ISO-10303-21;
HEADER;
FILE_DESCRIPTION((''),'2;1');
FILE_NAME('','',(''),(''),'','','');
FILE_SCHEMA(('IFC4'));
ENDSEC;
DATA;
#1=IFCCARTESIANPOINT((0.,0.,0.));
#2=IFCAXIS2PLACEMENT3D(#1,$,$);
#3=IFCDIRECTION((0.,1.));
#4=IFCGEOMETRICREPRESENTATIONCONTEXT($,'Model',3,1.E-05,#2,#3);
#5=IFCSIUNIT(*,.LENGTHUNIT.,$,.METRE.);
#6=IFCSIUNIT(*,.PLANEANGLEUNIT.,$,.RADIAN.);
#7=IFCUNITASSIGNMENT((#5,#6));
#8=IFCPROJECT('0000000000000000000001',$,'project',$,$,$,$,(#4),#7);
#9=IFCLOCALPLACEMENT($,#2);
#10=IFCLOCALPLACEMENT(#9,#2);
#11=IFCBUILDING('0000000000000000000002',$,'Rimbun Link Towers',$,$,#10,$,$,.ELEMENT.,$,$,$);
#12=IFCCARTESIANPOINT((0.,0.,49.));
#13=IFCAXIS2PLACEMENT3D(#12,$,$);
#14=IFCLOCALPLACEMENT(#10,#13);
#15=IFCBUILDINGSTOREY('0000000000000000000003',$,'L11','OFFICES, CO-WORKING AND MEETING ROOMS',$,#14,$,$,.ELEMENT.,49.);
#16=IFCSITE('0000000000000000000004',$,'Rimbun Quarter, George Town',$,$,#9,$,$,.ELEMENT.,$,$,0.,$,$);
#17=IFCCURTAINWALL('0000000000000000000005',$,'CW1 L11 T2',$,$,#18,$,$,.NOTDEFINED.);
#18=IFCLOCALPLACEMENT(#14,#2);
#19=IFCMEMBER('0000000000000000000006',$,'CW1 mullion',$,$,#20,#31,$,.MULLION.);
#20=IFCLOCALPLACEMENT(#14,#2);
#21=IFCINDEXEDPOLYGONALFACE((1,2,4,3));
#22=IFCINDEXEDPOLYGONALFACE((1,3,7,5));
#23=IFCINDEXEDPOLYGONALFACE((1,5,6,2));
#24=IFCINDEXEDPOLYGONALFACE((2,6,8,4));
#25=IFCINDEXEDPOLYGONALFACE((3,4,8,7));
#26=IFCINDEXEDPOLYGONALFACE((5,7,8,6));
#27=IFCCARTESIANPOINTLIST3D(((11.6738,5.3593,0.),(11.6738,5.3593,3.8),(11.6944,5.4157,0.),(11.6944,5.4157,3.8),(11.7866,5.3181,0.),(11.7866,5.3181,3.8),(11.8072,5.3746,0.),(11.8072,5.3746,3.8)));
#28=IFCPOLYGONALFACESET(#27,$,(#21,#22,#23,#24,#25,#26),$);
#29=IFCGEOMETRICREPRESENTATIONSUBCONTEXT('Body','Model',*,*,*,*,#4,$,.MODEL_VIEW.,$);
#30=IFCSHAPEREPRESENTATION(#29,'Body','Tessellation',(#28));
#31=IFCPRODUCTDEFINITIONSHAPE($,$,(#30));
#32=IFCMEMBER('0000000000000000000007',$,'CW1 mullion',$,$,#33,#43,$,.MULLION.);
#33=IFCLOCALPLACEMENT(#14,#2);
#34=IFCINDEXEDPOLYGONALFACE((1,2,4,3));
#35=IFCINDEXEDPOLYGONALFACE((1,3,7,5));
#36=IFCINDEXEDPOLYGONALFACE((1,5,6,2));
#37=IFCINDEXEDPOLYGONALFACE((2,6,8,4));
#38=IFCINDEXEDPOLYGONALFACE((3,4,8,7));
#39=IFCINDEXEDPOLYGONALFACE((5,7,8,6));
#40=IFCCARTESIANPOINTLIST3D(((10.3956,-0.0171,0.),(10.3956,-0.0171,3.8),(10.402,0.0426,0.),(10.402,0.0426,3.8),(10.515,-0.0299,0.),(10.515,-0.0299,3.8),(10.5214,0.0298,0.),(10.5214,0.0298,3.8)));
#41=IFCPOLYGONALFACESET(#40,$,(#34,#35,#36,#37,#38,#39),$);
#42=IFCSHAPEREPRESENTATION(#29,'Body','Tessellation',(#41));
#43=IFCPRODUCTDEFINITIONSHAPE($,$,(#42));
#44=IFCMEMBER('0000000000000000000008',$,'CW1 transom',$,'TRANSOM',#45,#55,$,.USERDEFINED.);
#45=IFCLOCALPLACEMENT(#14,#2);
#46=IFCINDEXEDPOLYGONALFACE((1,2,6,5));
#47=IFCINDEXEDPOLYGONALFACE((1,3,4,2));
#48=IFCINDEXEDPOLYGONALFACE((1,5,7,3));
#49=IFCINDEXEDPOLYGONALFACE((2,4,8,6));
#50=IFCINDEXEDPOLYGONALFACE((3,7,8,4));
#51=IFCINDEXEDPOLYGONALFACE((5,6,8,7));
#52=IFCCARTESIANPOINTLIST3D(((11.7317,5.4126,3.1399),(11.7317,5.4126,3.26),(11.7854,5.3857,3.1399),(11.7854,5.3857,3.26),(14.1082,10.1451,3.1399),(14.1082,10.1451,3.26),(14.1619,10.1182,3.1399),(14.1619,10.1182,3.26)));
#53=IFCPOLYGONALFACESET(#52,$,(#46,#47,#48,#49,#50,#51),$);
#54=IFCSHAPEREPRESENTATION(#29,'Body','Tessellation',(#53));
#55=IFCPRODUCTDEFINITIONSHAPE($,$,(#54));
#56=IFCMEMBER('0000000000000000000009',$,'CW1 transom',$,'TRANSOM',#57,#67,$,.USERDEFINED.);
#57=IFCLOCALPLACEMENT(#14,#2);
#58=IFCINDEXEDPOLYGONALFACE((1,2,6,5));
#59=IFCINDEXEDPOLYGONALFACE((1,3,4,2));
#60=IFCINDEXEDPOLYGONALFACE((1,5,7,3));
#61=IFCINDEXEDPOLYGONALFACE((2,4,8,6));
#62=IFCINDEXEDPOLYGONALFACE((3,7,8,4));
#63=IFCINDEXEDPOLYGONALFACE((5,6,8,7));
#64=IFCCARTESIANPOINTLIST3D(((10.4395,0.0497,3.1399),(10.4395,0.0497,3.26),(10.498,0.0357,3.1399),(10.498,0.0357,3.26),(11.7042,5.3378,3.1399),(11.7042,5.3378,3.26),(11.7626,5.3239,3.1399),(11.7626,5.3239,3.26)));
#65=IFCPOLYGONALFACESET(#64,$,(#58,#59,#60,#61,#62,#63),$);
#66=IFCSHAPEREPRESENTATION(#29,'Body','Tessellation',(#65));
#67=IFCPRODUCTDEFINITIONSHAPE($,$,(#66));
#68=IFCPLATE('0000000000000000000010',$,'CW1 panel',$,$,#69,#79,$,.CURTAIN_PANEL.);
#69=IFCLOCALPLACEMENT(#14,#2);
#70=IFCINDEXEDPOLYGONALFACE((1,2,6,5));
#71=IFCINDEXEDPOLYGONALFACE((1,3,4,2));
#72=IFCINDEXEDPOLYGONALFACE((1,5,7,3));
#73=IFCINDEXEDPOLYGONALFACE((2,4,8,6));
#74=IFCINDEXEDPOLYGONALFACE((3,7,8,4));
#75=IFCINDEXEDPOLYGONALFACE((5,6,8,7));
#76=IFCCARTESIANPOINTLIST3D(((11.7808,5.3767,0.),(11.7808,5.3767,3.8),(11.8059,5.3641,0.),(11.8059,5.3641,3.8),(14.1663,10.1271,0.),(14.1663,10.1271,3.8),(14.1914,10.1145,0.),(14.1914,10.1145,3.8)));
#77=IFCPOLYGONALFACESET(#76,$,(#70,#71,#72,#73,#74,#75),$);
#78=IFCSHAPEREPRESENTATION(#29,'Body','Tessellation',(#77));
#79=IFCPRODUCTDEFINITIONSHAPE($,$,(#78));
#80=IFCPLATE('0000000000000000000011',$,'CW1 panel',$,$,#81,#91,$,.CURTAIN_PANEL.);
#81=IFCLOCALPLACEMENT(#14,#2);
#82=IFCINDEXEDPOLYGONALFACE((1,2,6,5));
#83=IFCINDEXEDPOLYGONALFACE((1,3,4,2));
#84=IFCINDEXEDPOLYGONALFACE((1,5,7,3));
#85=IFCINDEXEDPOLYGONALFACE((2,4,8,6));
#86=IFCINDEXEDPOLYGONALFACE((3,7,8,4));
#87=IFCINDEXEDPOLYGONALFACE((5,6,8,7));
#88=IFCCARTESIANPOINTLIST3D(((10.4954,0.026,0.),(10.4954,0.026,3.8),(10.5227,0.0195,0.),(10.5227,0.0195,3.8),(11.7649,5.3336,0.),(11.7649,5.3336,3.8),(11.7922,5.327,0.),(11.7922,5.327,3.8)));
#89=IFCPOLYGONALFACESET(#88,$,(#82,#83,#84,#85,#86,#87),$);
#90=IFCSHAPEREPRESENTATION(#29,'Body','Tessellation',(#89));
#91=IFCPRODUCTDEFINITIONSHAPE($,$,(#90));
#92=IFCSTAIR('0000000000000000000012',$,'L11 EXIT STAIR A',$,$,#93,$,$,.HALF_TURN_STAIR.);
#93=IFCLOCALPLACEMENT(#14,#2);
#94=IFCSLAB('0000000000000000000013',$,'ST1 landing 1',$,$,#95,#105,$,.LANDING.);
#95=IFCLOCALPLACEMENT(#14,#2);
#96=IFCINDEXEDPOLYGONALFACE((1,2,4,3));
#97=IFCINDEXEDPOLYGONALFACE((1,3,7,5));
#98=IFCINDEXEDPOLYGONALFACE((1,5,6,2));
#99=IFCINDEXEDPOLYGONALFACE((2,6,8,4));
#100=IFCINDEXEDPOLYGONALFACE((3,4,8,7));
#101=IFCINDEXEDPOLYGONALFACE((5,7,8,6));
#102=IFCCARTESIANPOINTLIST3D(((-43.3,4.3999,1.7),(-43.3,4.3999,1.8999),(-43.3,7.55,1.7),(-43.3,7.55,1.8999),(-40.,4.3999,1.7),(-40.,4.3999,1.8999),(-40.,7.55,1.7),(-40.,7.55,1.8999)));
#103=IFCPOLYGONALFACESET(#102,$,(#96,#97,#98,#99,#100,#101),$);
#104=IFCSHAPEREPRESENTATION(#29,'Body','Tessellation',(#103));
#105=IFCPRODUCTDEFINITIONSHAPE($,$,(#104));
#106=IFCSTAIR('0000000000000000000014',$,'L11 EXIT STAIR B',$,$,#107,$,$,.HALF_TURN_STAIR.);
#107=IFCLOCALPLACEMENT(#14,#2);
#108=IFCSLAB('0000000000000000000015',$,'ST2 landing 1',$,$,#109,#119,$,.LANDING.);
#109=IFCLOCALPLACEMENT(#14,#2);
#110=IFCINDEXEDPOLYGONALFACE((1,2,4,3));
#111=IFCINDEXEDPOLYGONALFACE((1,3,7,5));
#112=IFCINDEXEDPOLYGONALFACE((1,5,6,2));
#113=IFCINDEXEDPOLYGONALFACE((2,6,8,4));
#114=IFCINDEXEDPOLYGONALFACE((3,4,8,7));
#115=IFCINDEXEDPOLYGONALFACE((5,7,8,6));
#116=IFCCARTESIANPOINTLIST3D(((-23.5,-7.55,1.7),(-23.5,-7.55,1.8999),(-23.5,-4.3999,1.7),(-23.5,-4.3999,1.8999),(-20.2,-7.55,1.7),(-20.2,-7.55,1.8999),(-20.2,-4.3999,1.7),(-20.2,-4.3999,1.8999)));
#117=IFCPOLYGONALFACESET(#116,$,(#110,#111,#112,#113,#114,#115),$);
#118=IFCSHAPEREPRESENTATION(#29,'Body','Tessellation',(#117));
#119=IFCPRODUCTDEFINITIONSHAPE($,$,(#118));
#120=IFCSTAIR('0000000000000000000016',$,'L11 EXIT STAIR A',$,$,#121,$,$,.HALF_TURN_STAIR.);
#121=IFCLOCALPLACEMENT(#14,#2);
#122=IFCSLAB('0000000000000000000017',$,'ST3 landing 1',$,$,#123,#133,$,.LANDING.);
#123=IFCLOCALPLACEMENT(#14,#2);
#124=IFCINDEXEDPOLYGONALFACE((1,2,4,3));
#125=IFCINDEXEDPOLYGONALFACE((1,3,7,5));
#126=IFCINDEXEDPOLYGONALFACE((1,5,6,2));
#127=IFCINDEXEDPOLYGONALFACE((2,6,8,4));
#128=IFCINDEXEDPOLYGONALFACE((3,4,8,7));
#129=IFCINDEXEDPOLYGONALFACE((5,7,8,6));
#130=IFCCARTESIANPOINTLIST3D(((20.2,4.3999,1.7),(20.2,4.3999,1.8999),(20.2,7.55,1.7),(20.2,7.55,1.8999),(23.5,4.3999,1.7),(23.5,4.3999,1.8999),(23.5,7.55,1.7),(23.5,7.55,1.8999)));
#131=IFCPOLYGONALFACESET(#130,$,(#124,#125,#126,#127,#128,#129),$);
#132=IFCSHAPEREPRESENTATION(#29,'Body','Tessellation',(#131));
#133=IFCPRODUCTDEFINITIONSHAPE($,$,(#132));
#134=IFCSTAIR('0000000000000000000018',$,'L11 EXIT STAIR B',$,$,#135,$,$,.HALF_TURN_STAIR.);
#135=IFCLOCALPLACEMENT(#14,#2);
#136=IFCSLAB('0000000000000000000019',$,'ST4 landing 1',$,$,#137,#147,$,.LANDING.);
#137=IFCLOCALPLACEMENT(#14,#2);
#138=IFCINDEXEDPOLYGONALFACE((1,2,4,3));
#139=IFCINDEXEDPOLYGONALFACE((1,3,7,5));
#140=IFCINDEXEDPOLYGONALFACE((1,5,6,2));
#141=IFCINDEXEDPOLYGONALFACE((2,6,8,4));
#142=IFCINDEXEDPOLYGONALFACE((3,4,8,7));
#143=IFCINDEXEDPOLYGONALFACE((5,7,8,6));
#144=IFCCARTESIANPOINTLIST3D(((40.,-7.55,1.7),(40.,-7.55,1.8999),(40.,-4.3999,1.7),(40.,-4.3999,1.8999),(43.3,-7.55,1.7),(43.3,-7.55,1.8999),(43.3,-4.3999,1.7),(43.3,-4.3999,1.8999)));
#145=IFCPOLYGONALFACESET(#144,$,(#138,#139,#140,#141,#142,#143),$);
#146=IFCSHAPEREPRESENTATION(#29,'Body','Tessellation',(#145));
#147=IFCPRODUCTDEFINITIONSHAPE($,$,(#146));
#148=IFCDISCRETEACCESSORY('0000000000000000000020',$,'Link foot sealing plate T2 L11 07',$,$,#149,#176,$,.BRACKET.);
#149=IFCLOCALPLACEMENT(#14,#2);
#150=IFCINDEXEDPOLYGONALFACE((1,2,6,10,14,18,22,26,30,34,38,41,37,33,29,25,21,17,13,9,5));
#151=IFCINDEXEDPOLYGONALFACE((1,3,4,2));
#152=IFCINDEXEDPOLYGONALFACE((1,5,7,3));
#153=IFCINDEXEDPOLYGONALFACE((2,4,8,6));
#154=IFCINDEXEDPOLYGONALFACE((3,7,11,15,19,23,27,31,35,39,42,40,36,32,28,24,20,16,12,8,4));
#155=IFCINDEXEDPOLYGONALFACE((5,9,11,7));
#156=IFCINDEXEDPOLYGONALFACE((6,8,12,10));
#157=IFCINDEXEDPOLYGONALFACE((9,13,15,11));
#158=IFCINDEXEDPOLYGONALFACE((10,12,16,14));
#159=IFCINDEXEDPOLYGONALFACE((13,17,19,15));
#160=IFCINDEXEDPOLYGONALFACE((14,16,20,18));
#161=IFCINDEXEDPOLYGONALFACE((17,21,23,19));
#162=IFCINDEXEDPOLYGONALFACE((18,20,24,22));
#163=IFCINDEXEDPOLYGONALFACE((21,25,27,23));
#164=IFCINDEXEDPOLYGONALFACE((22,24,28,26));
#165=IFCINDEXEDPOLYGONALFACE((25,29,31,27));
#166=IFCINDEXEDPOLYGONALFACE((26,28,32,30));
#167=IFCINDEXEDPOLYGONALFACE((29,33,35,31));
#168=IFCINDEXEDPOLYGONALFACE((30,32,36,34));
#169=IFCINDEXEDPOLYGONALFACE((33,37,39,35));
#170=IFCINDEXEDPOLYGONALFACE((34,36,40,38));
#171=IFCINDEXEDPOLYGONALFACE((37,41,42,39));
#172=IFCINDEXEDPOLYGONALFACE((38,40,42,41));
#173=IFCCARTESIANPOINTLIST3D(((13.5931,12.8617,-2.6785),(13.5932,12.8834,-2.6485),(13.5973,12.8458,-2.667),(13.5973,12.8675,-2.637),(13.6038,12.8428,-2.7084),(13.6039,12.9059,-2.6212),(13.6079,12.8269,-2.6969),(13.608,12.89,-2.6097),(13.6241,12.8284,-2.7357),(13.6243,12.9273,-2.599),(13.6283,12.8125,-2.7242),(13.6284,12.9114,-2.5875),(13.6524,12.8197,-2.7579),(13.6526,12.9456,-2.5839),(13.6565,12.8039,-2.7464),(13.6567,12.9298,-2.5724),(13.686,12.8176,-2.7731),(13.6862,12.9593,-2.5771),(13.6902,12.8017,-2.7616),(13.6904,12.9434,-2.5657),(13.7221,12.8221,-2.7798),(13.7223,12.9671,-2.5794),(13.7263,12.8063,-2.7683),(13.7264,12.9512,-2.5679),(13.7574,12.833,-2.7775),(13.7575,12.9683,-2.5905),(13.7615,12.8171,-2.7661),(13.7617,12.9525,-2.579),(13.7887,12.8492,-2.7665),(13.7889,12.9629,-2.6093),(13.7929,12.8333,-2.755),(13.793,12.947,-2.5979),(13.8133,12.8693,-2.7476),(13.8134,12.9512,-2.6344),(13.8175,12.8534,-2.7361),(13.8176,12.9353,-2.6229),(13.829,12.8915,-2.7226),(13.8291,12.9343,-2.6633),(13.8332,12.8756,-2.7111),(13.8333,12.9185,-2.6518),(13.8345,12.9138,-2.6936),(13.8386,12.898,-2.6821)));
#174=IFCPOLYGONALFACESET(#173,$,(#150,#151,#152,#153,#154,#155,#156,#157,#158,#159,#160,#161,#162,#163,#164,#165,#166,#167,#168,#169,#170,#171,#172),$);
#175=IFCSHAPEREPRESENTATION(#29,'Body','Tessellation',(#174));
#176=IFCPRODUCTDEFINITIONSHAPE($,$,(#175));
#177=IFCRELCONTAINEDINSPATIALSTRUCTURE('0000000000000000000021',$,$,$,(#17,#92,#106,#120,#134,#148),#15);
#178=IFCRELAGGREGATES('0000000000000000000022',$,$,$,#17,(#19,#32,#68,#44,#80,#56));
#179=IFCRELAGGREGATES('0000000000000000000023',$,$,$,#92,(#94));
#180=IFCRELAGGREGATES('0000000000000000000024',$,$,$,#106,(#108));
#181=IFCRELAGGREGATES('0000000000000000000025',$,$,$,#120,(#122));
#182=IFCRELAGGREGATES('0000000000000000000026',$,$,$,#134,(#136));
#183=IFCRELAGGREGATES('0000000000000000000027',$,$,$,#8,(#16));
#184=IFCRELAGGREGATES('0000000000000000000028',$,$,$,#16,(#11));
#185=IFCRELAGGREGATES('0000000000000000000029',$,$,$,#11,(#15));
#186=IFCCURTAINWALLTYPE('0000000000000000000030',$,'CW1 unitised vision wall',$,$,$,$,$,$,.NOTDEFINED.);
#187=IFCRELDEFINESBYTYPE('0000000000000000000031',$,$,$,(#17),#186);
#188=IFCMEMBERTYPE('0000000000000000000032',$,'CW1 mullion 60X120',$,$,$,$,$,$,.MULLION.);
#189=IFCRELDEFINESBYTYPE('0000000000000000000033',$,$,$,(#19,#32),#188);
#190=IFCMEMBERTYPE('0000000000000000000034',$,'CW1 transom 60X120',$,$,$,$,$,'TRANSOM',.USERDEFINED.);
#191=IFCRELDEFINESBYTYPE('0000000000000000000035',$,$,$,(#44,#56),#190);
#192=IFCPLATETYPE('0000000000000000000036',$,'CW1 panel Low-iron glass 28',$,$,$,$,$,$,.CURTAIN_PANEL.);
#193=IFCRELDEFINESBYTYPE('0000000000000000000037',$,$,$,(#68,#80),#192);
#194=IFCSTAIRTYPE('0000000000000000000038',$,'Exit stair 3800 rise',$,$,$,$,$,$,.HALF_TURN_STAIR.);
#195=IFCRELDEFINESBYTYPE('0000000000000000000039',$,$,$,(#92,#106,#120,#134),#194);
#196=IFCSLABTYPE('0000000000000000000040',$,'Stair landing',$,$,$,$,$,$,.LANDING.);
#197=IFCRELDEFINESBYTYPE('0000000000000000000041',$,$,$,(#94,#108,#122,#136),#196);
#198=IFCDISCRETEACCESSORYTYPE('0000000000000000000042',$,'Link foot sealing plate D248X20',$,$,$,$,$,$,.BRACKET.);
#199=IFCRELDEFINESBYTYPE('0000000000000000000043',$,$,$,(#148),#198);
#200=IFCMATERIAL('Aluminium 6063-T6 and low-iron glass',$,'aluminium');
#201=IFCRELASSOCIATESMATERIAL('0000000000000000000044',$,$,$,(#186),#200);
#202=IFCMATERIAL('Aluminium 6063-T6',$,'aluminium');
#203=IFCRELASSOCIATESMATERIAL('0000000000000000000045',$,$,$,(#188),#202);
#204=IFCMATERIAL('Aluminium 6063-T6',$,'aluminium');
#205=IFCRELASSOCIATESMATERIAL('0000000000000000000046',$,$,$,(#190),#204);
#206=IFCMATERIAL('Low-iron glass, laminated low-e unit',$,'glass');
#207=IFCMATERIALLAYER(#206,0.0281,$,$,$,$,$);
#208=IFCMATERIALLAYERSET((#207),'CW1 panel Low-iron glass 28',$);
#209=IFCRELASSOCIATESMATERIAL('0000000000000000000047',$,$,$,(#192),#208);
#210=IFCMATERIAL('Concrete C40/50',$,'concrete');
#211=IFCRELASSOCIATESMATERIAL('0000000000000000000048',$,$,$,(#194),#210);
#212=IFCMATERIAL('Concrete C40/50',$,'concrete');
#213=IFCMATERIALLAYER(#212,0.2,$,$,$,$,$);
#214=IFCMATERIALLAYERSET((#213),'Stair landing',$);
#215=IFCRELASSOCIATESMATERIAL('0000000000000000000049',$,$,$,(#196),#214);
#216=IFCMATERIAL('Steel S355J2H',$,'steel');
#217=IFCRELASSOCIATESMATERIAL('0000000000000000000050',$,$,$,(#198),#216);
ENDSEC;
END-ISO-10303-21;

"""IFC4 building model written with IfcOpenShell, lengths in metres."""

from ifc_helpers import new_model, si_unit, direction, frame, origin, origin_2d, place, context, subcontext, project, spatial, polyline, rectangle, circle, outline, extrude, material, layer, layer_set, material_profile, profile_set, type_object, element, aggregate, save


model = new_model("IFC4")

# Units and contexts
model_context = context("Model", 3, precision=1e-05, world=origin(), true_north=direction((0.0, 1.0)))
body_context = subcontext(model_context, "Body", "Model", "MODEL_VIEW")
ifc_project = project(units=[si_unit("LENGTHUNIT", "METRE"), si_unit("PLANEANGLEUNIT", "RADIAN")], contexts=[model_context])

# Site, building, storey
site_placement = place(None, origin())
site = spatial("IfcSite", under=ifc_project, at=site_placement, Name="Rimbun Quarter, George Town", CompositionType="ELEMENT", RefElevation=0.0)
building_placement = place(site_placement, origin())
building = spatial("IfcBuilding", under=site, at=building_placement, Name="Rimbun Link Towers", CompositionType="ELEMENT")
storey_placement = place(building_placement, frame((0.0, 0.0, 49.0)))
storey = spatial("IfcBuildingStorey", under=building, at=storey_placement, Name="L11", Description="OFFICES, CO-WORKING AND MEETING ROOMS", CompositionType="ELEMENT", Elevation=49.0)

# Curtain wall, members
ifc_material_1 = material(Name="Aluminium 6063-T6 and low-iron glass", Category="aluminium")
curtain_wall_type = type_object("IfcCurtainWallType", Name="CW1 unitised vision wall", PredefinedType="NOTDEFINED", material=ifc_material_1)
curtain_wall_placement = place(storey_placement, origin())
curtain_wall = element("IfcCurtainWall", 1, at=curtain_wall_placement, inside=storey, type_object=curtain_wall_type, Name="CW1 L11 T2", PredefinedType="NOTDEFINED")
ifc_material_2 = material(Name="Aluminium 6063-T6", Category="aluminium")
ifc_material_profile_1 = material_profile(ifc_material_2, rectangle(XDim=0.1201, YDim=0.0601, at=origin_2d()), Name="MULLION 60X120")
ifc_profile_set_1 = profile_set([ifc_material_profile_1], Name="Aluminium 6063-T6")
member_type_1 = type_object("IfcMemberType", Name="CW1 mullion 60X120", PredefinedType="MULLION", material=ifc_profile_set_1)
member_1_placement = place(storey_placement, frame((11.7405, 5.3669, 0.0), z_axis=(0.0, 0.0, 1.0), x_axis=(-0.939348, 0.342966, 0.0)))
member_1 = element("IfcMember", 2, at=member_1_placement, type_object=member_type_1, Name="CW1 mullion", PredefinedType="MULLION", context=body_context, shape_type="SweptSolid", body=[
    extrude(rectangle(XDim=0.1201, YDim=0.0601, at=origin_2d()), origin(), (0.0, 0.0, 1.0), 3.8),
])
member_2_placement = place(storey_placement, frame((10.4585, 0.0063, 0.0), z_axis=(0.0, 0.0, 1.0), x_axis=(-0.994297, 0.106643, 0.0)))
member_2 = element("IfcMember", 3, at=member_2_placement, type_object=member_type_1, Name="CW1 mullion", PredefinedType="MULLION", context=body_context, shape_type="SweptSolid", body=[
    extrude(rectangle(XDim=0.1201, YDim=0.0601, at=origin_2d()), origin(), (0.0, 0.0, 1.0), 3.8),
])
ifc_material_3 = material(Name="Aluminium 6063-T6", Category="aluminium")
ifc_material_profile_2 = material_profile(ifc_material_3, rectangle(XDim=0.0601, YDim=0.1201, at=origin_2d()), Name="TRANSOM 60X120")
ifc_profile_set_2 = profile_set([ifc_material_profile_2], Name="Aluminium 6063-T6")
member_type_2 = type_object("IfcMemberType", Name="CW1 transom 60X120", ElementType="TRANSOM", PredefinedType="USERDEFINED", material=ifc_profile_set_2)
member_3_placement = place(storey_placement, frame((11.7585, 5.3992, 3.2), z_axis=(0.448762, 0.893651, 0.0), x_axis=(-0.893651, 0.448762, 0.0)))
member_3 = element("IfcMember", 4, at=member_3_placement, type_object=member_type_2, Name="CW1 transom", ObjectType="TRANSOM", PredefinedType="USERDEFINED", context=body_context, shape_type="SweptSolid", body=[
    extrude(rectangle(XDim=0.0601, YDim=0.1201, at=origin_2d()), origin(), (0.0, 0.0, 1.0), 5.2957),
])
member_4_placement = place(storey_placement, frame((10.4688, 0.0427, 3.2), z_axis=(0.232592, 0.972574, 0.0), x_axis=(-0.972574, 0.232592, 0.0)))
member_4 = element("IfcMember", 5, at=member_4_placement, type_object=member_type_2, Name="CW1 transom", ObjectType="TRANSOM", PredefinedType="USERDEFINED", context=body_context, shape_type="SweptSolid", body=[
    extrude(rectangle(XDim=0.0601, YDim=0.1201, at=origin_2d()), origin(), (0.0, 0.0, 1.0), 5.4373),
])

# Plates
ifc_material_4 = material(Name="Low-iron glass, laminated low-e unit", Category="glass")
ifc_layer_1 = layer(ifc_material_4, 0.0281)
ifc_layer_set_1 = layer_set([ifc_layer_1], Name="CW1 panel Low-iron glass 28")
plate_type = type_object("IfcPlateType", Name="CW1 panel Low-iron glass 28", PredefinedType="CURTAIN_PANEL", material=ifc_layer_set_1)
plate_1_placement = place(storey_placement, frame((12.9861, 7.7456, 0.0), z_axis=(0.0, 0.0, 1.0), x_axis=(0.448766, 0.893649, 0.0)))
plate_1 = element("IfcPlate", 6, at=plate_1_placement, type_object=plate_type, Name="CW1 panel", PredefinedType="CURTAIN_PANEL", context=body_context, shape_type="SweptSolid", body=[
    extrude(rectangle(XDim=5.3157, YDim=0.0281, at=origin_2d()), origin(), (0.0, 0.0, 1.0), 3.8),
])
plate_2_placement = place(storey_placement, frame((11.1438, 2.6765, 0.0), z_axis=(0.0, 0.0, 1.0), x_axis=(0.23261, 0.97257, 0.0)))
plate_2 = element("IfcPlate", 7, at=plate_2_placement, type_object=plate_type, Name="CW1 panel", PredefinedType="CURTAIN_PANEL", context=body_context, shape_type="SweptSolid", body=[
    extrude(rectangle(XDim=5.4573, YDim=0.0281, at=origin_2d()), origin(), (0.0, 0.0, 1.0), 3.8),
])
aggregate(curtain_wall, [member_1, member_2, plate_1, member_3, plate_2, member_4])

# Stairs, slabs
ifc_material_5 = material(Name="Concrete C40/50", Category="concrete")
stair_type = type_object("IfcStairType", Name="Exit stair 3800 rise", PredefinedType="HALF_TURN_STAIR", material=ifc_material_5)
stair_1_placement = place(storey_placement, origin())
stair_1 = element("IfcStair", 8, at=stair_1_placement, inside=storey, type_object=stair_type, Name="L11 EXIT STAIR A", PredefinedType="HALF_TURN_STAIR")
ifc_material_6 = material(Name="Concrete C40/50", Category="concrete")
ifc_layer_2 = layer(ifc_material_6, 0.2)
ifc_layer_set_2 = layer_set([ifc_layer_2], Name="Stair landing")
slab_type = type_object("IfcSlabType", Name="Stair landing", PredefinedType="LANDING", material=ifc_layer_set_2)
slab_1_placement = place(storey_placement, frame((0.0, 0.0, 1.7)))
slab_1 = element("IfcSlab", 9, at=slab_1_placement, type_object=slab_type, Name="ST1 landing 1", PredefinedType="LANDING", context=body_context, shape_type="SweptSolid", body=[
    extrude(outline(polyline([(-40.0, 7.55), (-43.3, 7.55), (-43.3, 4.3999), (-40.0, 4.3999), (-40.0, 7.55)])), origin(), (0.0, 0.0, 1.0), 0.2),
])
aggregate(stair_1, [slab_1])
stair_2_placement = place(storey_placement, origin())
stair_2 = element("IfcStair", 10, at=stair_2_placement, inside=storey, type_object=stair_type, Name="L11 EXIT STAIR B", PredefinedType="HALF_TURN_STAIR")
slab_2_placement = place(storey_placement, frame((0.0, 0.0, 1.7)))
slab_2 = element("IfcSlab", 11, at=slab_2_placement, type_object=slab_type, Name="ST2 landing 1", PredefinedType="LANDING", context=body_context, shape_type="SweptSolid", body=[
    extrude(outline(polyline([(-23.5, -7.55), (-20.2, -7.55), (-20.2, -4.3999), (-23.5, -4.3999), (-23.5, -7.55)])), origin(), (0.0, 0.0, 1.0), 0.2),
])
aggregate(stair_2, [slab_2])
stair_3_placement = place(storey_placement, origin())
stair_3 = element("IfcStair", 12, at=stair_3_placement, inside=storey, type_object=stair_type, Name="L11 EXIT STAIR A", PredefinedType="HALF_TURN_STAIR")
slab_3_placement = place(storey_placement, frame((0.0, 0.0, 1.7)))
slab_3 = element("IfcSlab", 13, at=slab_3_placement, type_object=slab_type, Name="ST3 landing 1", PredefinedType="LANDING", context=body_context, shape_type="SweptSolid", body=[
    extrude(outline(polyline([(23.5, 7.55), (20.2, 7.55), (20.2, 4.3999), (23.5, 4.3999), (23.5, 7.55)])), origin(), (0.0, 0.0, 1.0), 0.2),
])
aggregate(stair_3, [slab_3])
stair_4_placement = place(storey_placement, origin())
stair_4 = element("IfcStair", 14, at=stair_4_placement, inside=storey, type_object=stair_type, Name="L11 EXIT STAIR B", PredefinedType="HALF_TURN_STAIR")
slab_4_placement = place(storey_placement, frame((0.0, 0.0, 1.7)))
slab_4 = element("IfcSlab", 15, at=slab_4_placement, type_object=slab_type, Name="ST4 landing 1", PredefinedType="LANDING", context=body_context, shape_type="SweptSolid", body=[
    extrude(outline(polyline([(40.0, -7.55), (43.3, -7.55), (43.3, -4.3999), (40.0, -4.3999), (40.0, -7.55)])), origin(), (0.0, 0.0, 1.0), 0.2),
])
aggregate(stair_4, [slab_4])

# Discrete accessory
ifc_material_7 = material(Name="Steel S355J2H", Category="steel")
ifc_material_profile_3 = material_profile(ifc_material_7, circle(Radius=0.124, at=origin_2d()), Name="PL D248")
ifc_profile_set_3 = profile_set([ifc_material_profile_3], Name="Steel S355J2H")
discrete_accessory_type = type_object("IfcDiscreteAccessoryType", Name="Link foot sealing plate D248X20", PredefinedType="BRACKET", material=ifc_profile_set_3)
discrete_accessory_1_placement = place(storey_placement, frame((13.7173, 12.8772, -2.667), z_axis=(-0.207332, 0.792742, -0.573213), x_axis=(-0.967459, -0.253028, 0.0)))
element("IfcDiscreteAccessory", 16, at=discrete_accessory_1_placement, inside=storey, type_object=discrete_accessory_type, Name="Link foot sealing plate T2 L11 07", PredefinedType="BRACKET", context=body_context, shape_type="SweptSolid", body=[
    extrude(circle(Radius=0.124, at=origin_2d()), origin(), (0.0, 0.0, 1.0), 0.02),
])

save(model, "model.ifc")
